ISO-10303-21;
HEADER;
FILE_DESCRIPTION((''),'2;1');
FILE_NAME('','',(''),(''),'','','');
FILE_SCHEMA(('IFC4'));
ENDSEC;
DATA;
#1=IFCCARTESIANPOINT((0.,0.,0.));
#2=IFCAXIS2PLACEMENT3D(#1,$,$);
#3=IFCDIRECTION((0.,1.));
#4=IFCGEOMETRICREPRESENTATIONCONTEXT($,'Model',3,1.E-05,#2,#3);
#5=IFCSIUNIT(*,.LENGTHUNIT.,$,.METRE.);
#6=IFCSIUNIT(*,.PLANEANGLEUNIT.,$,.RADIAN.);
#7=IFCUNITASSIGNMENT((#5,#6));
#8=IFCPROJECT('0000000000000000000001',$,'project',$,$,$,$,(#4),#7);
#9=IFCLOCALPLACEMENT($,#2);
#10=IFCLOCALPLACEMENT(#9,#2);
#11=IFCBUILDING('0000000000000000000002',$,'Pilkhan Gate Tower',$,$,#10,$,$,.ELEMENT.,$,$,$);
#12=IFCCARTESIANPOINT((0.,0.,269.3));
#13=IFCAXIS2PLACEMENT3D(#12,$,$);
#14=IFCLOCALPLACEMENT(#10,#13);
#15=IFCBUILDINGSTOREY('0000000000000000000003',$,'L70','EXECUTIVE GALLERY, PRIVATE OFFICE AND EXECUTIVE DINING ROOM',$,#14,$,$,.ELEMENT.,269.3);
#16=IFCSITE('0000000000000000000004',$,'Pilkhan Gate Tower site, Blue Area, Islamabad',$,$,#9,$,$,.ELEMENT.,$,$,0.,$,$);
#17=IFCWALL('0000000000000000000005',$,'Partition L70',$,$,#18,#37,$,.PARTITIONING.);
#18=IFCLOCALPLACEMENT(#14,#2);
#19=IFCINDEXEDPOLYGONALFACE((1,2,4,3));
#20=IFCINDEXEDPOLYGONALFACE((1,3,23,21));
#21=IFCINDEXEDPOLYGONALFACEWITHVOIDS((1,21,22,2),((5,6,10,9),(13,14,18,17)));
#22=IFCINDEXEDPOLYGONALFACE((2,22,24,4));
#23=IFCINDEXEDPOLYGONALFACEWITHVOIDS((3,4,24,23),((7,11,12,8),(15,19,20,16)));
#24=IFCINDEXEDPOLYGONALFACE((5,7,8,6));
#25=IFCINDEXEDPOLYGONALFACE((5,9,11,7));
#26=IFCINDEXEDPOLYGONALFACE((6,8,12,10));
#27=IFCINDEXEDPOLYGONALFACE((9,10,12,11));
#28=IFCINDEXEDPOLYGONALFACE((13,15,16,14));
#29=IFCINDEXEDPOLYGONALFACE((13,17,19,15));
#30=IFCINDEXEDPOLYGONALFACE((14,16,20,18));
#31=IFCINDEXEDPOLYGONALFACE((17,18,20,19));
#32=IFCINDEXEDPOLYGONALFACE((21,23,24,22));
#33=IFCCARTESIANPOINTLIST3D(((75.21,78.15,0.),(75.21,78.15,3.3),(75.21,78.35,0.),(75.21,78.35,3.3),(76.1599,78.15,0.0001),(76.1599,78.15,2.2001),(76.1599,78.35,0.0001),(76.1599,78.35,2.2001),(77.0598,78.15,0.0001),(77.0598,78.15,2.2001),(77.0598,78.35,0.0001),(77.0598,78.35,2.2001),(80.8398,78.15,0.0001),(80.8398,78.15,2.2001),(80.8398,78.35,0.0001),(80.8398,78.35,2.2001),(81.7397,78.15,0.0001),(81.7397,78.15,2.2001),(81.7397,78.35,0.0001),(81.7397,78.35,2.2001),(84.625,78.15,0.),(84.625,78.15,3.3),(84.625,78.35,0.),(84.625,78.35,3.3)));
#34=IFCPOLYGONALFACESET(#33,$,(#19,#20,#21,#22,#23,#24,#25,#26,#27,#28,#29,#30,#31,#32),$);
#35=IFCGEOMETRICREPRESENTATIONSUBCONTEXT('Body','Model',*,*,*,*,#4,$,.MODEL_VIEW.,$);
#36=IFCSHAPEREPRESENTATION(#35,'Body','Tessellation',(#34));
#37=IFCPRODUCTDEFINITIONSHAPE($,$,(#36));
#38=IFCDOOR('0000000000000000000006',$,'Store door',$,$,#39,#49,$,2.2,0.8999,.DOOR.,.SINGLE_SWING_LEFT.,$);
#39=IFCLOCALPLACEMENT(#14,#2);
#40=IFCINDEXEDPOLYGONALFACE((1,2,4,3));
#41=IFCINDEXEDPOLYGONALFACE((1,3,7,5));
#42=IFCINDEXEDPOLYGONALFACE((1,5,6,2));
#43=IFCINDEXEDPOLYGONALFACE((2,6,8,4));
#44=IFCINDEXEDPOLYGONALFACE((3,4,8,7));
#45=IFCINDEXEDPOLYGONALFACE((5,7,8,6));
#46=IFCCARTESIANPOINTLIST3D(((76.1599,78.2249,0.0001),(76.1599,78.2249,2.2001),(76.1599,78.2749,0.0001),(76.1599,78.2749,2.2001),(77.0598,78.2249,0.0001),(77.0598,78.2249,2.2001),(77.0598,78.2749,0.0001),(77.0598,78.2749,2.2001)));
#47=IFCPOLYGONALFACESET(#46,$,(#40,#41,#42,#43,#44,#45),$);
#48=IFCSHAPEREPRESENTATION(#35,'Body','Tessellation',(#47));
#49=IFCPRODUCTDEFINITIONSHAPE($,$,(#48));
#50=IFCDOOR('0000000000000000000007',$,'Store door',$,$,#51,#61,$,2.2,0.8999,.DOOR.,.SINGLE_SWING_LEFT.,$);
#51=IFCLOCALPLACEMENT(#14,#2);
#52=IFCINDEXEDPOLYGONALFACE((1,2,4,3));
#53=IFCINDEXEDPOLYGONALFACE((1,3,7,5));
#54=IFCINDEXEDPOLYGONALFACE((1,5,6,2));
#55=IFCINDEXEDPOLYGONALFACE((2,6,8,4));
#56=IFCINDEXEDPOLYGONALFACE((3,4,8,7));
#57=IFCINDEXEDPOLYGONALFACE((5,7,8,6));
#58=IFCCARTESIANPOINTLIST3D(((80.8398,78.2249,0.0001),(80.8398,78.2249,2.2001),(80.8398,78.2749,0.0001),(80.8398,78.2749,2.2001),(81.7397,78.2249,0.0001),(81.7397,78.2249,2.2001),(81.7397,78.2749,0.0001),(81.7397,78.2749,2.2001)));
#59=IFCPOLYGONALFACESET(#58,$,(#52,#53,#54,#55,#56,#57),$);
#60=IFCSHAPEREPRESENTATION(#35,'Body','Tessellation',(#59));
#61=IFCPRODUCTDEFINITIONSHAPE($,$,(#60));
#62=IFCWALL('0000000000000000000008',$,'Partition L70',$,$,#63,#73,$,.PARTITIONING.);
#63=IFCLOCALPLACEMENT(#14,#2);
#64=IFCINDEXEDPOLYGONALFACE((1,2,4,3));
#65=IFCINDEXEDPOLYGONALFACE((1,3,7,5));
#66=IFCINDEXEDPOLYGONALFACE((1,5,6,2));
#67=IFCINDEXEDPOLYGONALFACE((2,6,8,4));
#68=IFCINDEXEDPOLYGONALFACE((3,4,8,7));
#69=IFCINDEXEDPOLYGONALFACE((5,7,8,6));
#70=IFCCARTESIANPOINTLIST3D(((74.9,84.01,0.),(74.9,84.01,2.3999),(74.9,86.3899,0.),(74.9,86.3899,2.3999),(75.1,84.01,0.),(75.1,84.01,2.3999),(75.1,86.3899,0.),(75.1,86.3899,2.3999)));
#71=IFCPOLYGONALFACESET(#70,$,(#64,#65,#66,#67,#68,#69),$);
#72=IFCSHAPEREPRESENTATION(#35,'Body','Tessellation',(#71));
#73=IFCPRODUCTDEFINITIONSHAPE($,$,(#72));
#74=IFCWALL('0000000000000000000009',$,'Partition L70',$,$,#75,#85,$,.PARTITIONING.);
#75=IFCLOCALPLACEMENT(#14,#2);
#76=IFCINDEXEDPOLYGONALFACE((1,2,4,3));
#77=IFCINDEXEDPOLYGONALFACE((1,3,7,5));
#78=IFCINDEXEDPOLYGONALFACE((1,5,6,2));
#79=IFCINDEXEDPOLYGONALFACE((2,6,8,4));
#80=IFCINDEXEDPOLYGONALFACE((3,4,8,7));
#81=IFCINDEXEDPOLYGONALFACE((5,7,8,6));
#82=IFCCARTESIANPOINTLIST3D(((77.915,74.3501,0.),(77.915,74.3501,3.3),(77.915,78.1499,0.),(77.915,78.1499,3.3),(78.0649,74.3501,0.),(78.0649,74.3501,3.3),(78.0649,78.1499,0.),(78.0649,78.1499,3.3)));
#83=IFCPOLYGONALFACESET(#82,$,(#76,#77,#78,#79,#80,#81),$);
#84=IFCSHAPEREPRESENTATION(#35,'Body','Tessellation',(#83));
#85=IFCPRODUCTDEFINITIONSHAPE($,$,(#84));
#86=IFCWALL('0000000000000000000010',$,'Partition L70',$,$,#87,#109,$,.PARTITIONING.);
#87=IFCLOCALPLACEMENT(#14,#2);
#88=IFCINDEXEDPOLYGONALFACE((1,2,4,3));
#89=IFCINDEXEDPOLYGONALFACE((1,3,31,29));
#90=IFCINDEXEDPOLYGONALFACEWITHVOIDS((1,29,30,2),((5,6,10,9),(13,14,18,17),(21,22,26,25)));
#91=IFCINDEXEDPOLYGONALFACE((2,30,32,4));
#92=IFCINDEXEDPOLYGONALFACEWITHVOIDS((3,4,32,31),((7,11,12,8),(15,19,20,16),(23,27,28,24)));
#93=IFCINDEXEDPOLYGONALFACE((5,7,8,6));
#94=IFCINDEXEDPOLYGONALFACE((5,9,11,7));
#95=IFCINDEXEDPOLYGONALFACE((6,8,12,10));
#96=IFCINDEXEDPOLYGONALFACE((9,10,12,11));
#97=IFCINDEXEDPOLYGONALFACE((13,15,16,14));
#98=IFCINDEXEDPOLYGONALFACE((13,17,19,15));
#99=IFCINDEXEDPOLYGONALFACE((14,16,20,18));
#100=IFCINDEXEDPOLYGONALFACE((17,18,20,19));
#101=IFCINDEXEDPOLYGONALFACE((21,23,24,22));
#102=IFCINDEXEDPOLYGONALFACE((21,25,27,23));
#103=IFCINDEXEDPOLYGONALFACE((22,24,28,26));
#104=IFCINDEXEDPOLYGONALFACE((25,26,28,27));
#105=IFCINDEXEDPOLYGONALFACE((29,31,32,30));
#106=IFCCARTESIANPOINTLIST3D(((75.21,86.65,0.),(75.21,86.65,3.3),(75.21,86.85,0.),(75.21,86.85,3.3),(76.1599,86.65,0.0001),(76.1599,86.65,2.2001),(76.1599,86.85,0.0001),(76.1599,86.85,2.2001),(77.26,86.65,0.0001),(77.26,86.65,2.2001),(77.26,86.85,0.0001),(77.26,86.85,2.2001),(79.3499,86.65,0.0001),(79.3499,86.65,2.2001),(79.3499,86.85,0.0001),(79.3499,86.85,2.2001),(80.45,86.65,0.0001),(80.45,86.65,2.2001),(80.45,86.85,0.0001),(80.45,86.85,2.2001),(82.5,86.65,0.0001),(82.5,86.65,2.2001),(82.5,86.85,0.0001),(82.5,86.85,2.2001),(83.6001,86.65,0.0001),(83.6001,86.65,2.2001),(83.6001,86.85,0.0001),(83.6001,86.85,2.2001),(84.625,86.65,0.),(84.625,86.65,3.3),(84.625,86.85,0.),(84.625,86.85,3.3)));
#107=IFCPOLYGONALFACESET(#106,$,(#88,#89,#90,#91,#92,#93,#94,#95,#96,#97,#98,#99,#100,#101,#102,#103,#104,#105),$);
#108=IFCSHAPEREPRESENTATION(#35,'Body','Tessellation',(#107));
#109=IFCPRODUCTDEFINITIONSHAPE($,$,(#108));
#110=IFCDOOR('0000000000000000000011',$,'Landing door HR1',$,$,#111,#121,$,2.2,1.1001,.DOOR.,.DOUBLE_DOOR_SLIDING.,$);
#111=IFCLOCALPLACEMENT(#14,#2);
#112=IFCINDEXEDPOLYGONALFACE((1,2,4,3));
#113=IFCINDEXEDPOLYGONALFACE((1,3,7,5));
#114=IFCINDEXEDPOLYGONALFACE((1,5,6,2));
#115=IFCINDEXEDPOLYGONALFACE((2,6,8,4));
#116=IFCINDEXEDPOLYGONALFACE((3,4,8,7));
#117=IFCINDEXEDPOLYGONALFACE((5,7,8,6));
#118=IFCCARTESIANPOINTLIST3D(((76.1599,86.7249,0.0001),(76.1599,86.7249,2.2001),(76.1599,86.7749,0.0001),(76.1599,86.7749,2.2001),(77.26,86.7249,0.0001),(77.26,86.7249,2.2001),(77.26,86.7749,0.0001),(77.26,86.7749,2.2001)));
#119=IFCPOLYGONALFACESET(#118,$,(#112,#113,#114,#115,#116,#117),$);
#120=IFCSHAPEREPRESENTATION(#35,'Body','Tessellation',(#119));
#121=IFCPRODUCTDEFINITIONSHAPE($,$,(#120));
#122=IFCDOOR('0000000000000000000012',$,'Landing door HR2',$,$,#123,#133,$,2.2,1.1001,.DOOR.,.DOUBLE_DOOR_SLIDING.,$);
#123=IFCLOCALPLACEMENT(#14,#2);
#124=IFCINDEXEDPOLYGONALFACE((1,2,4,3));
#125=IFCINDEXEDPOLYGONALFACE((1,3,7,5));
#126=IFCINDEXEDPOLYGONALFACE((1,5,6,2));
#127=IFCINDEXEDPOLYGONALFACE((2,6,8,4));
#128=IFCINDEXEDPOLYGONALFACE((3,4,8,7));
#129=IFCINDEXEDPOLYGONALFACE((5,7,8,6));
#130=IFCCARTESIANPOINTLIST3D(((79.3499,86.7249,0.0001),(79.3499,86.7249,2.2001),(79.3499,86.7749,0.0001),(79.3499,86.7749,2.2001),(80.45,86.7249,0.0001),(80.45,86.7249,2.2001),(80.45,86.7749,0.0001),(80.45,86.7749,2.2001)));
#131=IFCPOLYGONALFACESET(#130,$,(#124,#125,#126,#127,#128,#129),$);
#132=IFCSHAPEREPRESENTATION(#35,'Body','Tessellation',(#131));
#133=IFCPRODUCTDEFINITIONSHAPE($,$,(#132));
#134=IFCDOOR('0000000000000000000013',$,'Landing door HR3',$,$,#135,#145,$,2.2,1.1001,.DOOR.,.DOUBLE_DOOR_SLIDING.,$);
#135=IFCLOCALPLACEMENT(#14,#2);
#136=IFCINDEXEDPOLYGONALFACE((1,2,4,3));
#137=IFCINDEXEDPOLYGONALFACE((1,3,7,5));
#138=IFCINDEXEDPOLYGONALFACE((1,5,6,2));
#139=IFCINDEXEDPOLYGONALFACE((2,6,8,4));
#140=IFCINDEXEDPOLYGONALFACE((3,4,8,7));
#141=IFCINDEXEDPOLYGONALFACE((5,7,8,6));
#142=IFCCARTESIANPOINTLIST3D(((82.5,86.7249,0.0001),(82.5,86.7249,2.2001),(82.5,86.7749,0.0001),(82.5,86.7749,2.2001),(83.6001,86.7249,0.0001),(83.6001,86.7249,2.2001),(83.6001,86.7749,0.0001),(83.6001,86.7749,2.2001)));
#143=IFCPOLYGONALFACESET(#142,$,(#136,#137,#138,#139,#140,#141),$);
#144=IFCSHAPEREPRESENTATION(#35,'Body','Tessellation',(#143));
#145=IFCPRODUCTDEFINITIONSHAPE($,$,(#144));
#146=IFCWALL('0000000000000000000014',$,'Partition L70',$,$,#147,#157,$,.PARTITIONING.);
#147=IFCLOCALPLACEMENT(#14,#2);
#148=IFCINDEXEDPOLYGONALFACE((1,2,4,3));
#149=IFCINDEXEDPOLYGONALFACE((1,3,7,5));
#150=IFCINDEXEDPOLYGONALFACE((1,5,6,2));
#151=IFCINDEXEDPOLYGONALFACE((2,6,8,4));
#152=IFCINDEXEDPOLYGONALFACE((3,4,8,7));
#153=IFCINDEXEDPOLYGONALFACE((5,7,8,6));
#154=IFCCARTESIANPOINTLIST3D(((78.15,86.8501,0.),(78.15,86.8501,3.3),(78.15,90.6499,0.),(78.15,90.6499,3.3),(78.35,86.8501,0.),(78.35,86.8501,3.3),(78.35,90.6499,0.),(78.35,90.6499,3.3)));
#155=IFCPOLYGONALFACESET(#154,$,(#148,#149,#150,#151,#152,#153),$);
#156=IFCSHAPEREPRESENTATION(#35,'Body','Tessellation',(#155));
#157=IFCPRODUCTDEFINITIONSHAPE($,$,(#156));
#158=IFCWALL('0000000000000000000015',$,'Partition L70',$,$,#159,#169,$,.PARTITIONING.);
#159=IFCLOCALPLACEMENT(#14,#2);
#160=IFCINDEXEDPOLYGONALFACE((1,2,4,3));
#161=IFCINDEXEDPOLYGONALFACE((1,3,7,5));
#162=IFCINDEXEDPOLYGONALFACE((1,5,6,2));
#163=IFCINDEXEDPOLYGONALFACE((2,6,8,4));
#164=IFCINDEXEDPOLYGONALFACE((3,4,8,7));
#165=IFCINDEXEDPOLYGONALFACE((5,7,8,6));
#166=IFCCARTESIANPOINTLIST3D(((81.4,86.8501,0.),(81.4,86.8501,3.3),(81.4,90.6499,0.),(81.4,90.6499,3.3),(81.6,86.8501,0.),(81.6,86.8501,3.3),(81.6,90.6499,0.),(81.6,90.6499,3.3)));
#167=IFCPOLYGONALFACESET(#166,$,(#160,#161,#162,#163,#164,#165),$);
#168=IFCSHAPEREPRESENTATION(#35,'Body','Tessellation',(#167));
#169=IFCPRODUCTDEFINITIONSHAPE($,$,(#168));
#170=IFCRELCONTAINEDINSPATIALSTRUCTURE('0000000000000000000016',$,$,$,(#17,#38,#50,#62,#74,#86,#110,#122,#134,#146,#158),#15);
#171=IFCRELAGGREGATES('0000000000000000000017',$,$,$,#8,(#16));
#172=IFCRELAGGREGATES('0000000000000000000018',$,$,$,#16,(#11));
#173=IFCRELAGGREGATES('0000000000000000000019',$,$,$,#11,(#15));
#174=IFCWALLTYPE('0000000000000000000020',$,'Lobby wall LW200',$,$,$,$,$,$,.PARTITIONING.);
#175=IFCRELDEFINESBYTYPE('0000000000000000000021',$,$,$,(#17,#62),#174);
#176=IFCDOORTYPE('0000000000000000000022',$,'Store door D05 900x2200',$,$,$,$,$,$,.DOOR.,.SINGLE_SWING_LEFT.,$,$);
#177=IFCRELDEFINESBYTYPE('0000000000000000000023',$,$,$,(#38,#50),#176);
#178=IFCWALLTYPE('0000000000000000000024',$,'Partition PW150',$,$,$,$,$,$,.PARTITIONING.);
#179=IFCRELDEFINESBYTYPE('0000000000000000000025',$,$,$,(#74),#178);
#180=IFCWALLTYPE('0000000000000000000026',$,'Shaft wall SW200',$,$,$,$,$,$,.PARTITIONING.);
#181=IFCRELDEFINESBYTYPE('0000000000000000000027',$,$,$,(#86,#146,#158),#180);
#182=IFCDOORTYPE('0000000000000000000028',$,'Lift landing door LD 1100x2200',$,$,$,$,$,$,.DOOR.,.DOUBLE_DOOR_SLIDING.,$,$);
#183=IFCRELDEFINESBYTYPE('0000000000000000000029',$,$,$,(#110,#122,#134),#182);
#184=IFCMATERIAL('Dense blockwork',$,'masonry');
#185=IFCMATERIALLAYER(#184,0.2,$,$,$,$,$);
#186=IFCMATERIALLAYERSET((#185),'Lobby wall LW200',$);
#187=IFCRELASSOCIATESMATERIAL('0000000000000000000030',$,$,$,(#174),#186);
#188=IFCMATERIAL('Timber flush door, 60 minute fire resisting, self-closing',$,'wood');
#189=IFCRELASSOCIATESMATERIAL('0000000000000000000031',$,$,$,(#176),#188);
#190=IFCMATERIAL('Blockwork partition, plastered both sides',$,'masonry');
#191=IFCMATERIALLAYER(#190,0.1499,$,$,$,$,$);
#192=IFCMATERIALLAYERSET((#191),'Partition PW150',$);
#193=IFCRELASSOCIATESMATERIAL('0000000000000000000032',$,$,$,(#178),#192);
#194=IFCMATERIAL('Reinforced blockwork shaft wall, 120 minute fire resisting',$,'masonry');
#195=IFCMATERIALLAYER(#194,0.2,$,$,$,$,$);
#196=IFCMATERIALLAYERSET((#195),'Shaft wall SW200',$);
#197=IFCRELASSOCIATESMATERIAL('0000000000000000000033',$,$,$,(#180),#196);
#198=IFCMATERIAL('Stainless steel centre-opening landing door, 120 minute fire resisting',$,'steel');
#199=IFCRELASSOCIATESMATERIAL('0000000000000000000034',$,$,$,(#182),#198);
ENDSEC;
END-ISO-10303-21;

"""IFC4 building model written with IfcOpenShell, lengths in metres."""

from ifc_helpers import new_model, si_unit, direction, frame, frame_2d, origin, place, context, subcontext, project, spatial, rectangle, extrude, material, layer, layer_set, type_object, element, fill, save


model = new_model("IFC4")

# Units and contexts
model_context = context("Model", 3, precision=1e-05, world=origin(), true_north=direction((0.0, 1.0)))
body_context = subcontext(model_context, "Body", "Model", "MODEL_VIEW")
ifc_project = project(units=[si_unit("LENGTHUNIT", "METRE"), si_unit("PLANEANGLEUNIT", "RADIAN")], contexts=[model_context])

# Site, building, storey
site_placement = place(None, origin())
site = spatial("IfcSite", under=ifc_project, at=site_placement, Name="Pilkhan Gate Tower site, Blue Area, Islamabad", CompositionType="ELEMENT", RefElevation=0.0)
building_placement = place(site_placement, origin())
building = spatial("IfcBuilding", under=site, at=building_placement, Name="Pilkhan Gate Tower", CompositionType="ELEMENT")
storey_placement = place(building_placement, frame((0.0, 0.0, 269.3)))
storey = spatial("IfcBuildingStorey", under=building, at=storey_placement, Name="L70", Description="EXECUTIVE GALLERY, PRIVATE OFFICE AND EXECUTIVE DINING ROOM", CompositionType="ELEMENT", Elevation=269.3)

# Wall, openings, doors
ifc_material_1 = material(Name="Dense blockwork", Category="masonry")
ifc_layer_1 = layer(ifc_material_1, 0.2)
ifc_layer_set_1 = layer_set([ifc_layer_1], Name="Lobby wall LW200")
wall_type_1 = type_object("IfcWallType", Name="Lobby wall LW200", PredefinedType="PARTITIONING", material=ifc_layer_set_1)
wall_1_placement = place(storey_placement, frame((75.21, 78.25, 0.0), z_axis=(0.0, 0.0, 1.0), x_axis=(1.0, 0.0, 0.0)))
wall_1 = element("IfcWall", 1, at=wall_1_placement, inside=storey, type_object=wall_type_1, Name="Partition L70", PredefinedType="PARTITIONING", context=body_context, shape_type="SweptSolid", body=[
    extrude(rectangle(XDim=9.415, YDim=0.2, at=frame_2d((4.7075, 0.0))), origin(), (0.0, 0.0, 1.0), 3.3),
])
opening_1_placement = place(wall_1_placement, frame((0.95, 0.0, 0.0)))
opening_1 = element("IfcOpeningElement", 2, at=opening_1_placement, cuts=wall_1, PredefinedType="OPENING", context=body_context, shape_type="SweptSolid", body=[
    extrude(rectangle(XDim=0.8999, YDim=2.2, at=frame_2d((0.45, 1.1001))), frame((0.0, 0.1099, 0.0), z_axis=(0.0, -1.0, 0.0), x_axis=(1.0, 0.0, 0.0)), (0.0, 0.0, 1.0), 0.22),
])
opening_2_placement = place(wall_1_placement, frame((5.6299, 0.0, 0.0)))
opening_2 = element("IfcOpeningElement", 3, at=opening_2_placement, cuts=wall_1, PredefinedType="OPENING", context=body_context, shape_type="SweptSolid", body=[
    extrude(rectangle(XDim=0.8999, YDim=2.2, at=frame_2d((0.45, 1.1001))), frame((0.0, 0.1099, 0.0), z_axis=(0.0, -1.0, 0.0), x_axis=(1.0, 0.0, 0.0)), (0.0, 0.0, 1.0), 0.22),
])
ifc_material_2 = material(Name="Timber flush door, 60 minute fire resisting, self-closing", Category="wood")
door_type_1 = type_object("IfcDoorType", Name="Store door D05 900x2200", OperationType="SINGLE_SWING_LEFT", PredefinedType="DOOR", material=ifc_material_2)
door_1_placement = place(opening_1_placement, origin())
door_1 = element("IfcDoor", 4, at=door_1_placement, inside=storey, type_object=door_type_1, Name="Store door", OperationType="SINGLE_SWING_LEFT", OverallHeight=2.2, OverallWidth=0.8999, PredefinedType="DOOR", context=body_context, shape_type="SweptSolid", body=[
    extrude(rectangle(XDim=0.8999, YDim=2.2, at=frame_2d((0.45, 1.1001))), frame((0.0, 0.0249, 0.0), z_axis=(0.0, -1.0, 0.0), x_axis=(1.0, 0.0, 0.0)), (0.0, 0.0, 1.0), 0.05),
])
fill(opening_1, door_1)
door_2_placement = place(opening_2_placement, origin())
door_2 = element("IfcDoor", 5, at=door_2_placement, inside=storey, type_object=door_type_1, Name="Store door", OperationType="SINGLE_SWING_LEFT", OverallHeight=2.2, OverallWidth=0.8999, PredefinedType="DOOR", context=body_context, shape_type="SweptSolid", body=[
    extrude(rectangle(XDim=0.8999, YDim=2.2, at=frame_2d((0.45, 1.1001))), frame((0.0, 0.0249, 0.0), z_axis=(0.0, -1.0, 0.0), x_axis=(1.0, 0.0, 0.0)), (0.0, 0.0, 1.0), 0.05),
])
fill(opening_2, door_2)

# Walls
wall_2_placement = place(storey_placement, frame((75.0, 84.01, 0.0), z_axis=(0.0, 0.0, 1.0), x_axis=(0.0, 1.0, 0.0)))
element("IfcWall", 6, at=wall_2_placement, inside=storey, type_object=wall_type_1, Name="Partition L70", PredefinedType="PARTITIONING", context=body_context, shape_type="SweptSolid", body=[
    extrude(rectangle(XDim=2.3799, YDim=0.2, at=frame_2d((1.1899, 0.0))), origin(), (0.0, 0.0, 1.0), 2.3999),
])
ifc_material_3 = material(Name="Blockwork partition, plastered both sides", Category="masonry")
ifc_layer_2 = layer(ifc_material_3, 0.1499)
ifc_layer_set_2 = layer_set([ifc_layer_2], Name="Partition PW150")
wall_type_2 = type_object("IfcWallType", Name="Partition PW150", PredefinedType="PARTITIONING", material=ifc_layer_set_2)
wall_3_placement = place(storey_placement, frame((77.99, 74.3501, 0.0), z_axis=(0.0, 0.0, 1.0), x_axis=(0.0, 1.0, 0.0)))
element("IfcWall", 7, at=wall_3_placement, inside=storey, type_object=wall_type_2, Name="Partition L70", PredefinedType="PARTITIONING", context=body_context, shape_type="SweptSolid", body=[
    extrude(rectangle(XDim=3.7998, YDim=0.1499, at=frame_2d((1.8999, 0.0))), origin(), (0.0, 0.0, 1.0), 3.3),
])

# Wall, openings, doors
ifc_material_4 = material(Name="Reinforced blockwork shaft wall, 120 minute fire resisting", Category="masonry")
ifc_layer_3 = layer(ifc_material_4, 0.2)
ifc_layer_set_3 = layer_set([ifc_layer_3], Name="Shaft wall SW200")
wall_type_3 = type_object("IfcWallType", Name="Shaft wall SW200", PredefinedType="PARTITIONING", material=ifc_layer_set_3)
wall_4_placement = place(storey_placement, frame((75.21, 86.75, 0.0), z_axis=(0.0, 0.0, 1.0), x_axis=(1.0, 0.0, 0.0)))
wall_4 = element("IfcWall", 8, at=wall_4_placement, inside=storey, type_object=wall_type_3, Name="Partition L70", PredefinedType="PARTITIONING", context=body_context, shape_type="SweptSolid", body=[
    extrude(rectangle(XDim=9.415, YDim=0.2, at=frame_2d((4.7075, 0.0))), origin(), (0.0, 0.0, 1.0), 3.3),
])
opening_3_placement = place(wall_4_placement, frame((0.95, 0.0, 0.0)))
opening_3 = element("IfcOpeningElement", 9, at=opening_3_placement, cuts=wall_4, PredefinedType="OPENING", context=body_context, shape_type="SweptSolid", body=[
    extrude(rectangle(XDim=1.1001, YDim=2.2, at=frame_2d((0.55, 1.1001))), frame((0.0, 0.1099, 0.0), z_axis=(0.0, -1.0, 0.0), x_axis=(1.0, 0.0, 0.0)), (0.0, 0.0, 1.0), 0.22),
])
opening_4_placement = place(wall_4_placement, frame((4.1399, 0.0, 0.0)))
opening_4 = element("IfcOpeningElement", 10, at=opening_4_placement, cuts=wall_4, PredefinedType="OPENING", context=body_context, shape_type="SweptSolid", body=[
    extrude(rectangle(XDim=1.1001, YDim=2.2, at=frame_2d((0.55, 1.1001))), frame((0.0, 0.1099, 0.0), z_axis=(0.0, -1.0, 0.0), x_axis=(1.0, 0.0, 0.0)), (0.0, 0.0, 1.0), 0.22),
])
opening_5_placement = place(wall_4_placement, frame((7.29, 0.0, 0.0)))
opening_5 = element("IfcOpeningElement", 11, at=opening_5_placement, cuts=wall_4, PredefinedType="OPENING", context=body_context, shape_type="SweptSolid", body=[
    extrude(rectangle(XDim=1.1001, YDim=2.2, at=frame_2d((0.55, 1.1001))), frame((0.0, 0.1099, 0.0), z_axis=(0.0, -1.0, 0.0), x_axis=(1.0, 0.0, 0.0)), (0.0, 0.0, 1.0), 0.22),
])
ifc_material_5 = material(Name="Stainless steel centre-opening landing door, 120 minute fire resisting", Category="steel")
door_type_2 = type_object("IfcDoorType", Name="Lift landing door LD 1100x2200", OperationType="DOUBLE_DOOR_SLIDING", PredefinedType="DOOR", material=ifc_material_5)
door_3_placement = place(opening_3_placement, origin())
door_3 = element("IfcDoor", 12, at=door_3_placement, inside=storey, type_object=door_type_2, Name="Landing door HR1", OperationType="DOUBLE_DOOR_SLIDING", OverallHeight=2.2, OverallWidth=1.1001, PredefinedType="DOOR", context=body_context, shape_type="SweptSolid", body=[
    extrude(rectangle(XDim=1.1001, YDim=2.2, at=frame_2d((0.55, 1.1001))), frame((0.0, 0.0249, 0.0), z_axis=(0.0, -1.0, 0.0), x_axis=(1.0, 0.0, 0.0)), (0.0, 0.0, 1.0), 0.05),
])
fill(opening_3, door_3)
door_4_placement = place(opening_4_placement, origin())
door_4 = element("IfcDoor", 13, at=door_4_placement, inside=storey, type_object=door_type_2, Name="Landing door HR2", OperationType="DOUBLE_DOOR_SLIDING", OverallHeight=2.2, OverallWidth=1.1001, PredefinedType="DOOR", context=body_context, shape_type="SweptSolid", body=[
    extrude(rectangle(XDim=1.1001, YDim=2.2, at=frame_2d((0.55, 1.1001))), frame((0.0, 0.0249, 0.0), z_axis=(0.0, -1.0, 0.0), x_axis=(1.0, 0.0, 0.0)), (0.0, 0.0, 1.0), 0.05),
])
fill(opening_4, door_4)
door_5_placement = place(opening_5_placement, origin())
door_5 = element("IfcDoor", 14, at=door_5_placement, inside=storey, type_object=door_type_2, Name="Landing door HR3", OperationType="DOUBLE_DOOR_SLIDING", OverallHeight=2.2, OverallWidth=1.1001, PredefinedType="DOOR", context=body_context, shape_type="SweptSolid", body=[
    extrude(rectangle(XDim=1.1001, YDim=2.2, at=frame_2d((0.55, 1.1001))), frame((0.0, 0.0249, 0.0), z_axis=(0.0, -1.0, 0.0), x_axis=(1.0, 0.0, 0.0)), (0.0, 0.0, 1.0), 0.05),
])
fill(opening_5, door_5)

# Walls
for number, where, z_axis, x_axis, name in (
    (15, (78.25, 86.8501, 0.0), (0.0, 0.0, 1.0), (0.0, 1.0, 0.0), "Partition L70"),
    (16, (81.5, 86.8501, 0.0), (0.0, 0.0, 1.0), (0.0, 1.0, 0.0), "Partition L70"),
):
    element("IfcWall", number, at=place(storey_placement, frame(where, z_axis=z_axis, x_axis=x_axis)), inside=storey, type_object=wall_type_3, Name=name, PredefinedType="PARTITIONING", context=body_context, shape_type="SweptSolid", body=[
        extrude(rectangle(XDim=3.7998, YDim=0.2, at=frame_2d((1.8999, 0.0))), origin(), (0.0, 0.0, 1.0), 3.3),
    ])

save(model, "model.ifc")
